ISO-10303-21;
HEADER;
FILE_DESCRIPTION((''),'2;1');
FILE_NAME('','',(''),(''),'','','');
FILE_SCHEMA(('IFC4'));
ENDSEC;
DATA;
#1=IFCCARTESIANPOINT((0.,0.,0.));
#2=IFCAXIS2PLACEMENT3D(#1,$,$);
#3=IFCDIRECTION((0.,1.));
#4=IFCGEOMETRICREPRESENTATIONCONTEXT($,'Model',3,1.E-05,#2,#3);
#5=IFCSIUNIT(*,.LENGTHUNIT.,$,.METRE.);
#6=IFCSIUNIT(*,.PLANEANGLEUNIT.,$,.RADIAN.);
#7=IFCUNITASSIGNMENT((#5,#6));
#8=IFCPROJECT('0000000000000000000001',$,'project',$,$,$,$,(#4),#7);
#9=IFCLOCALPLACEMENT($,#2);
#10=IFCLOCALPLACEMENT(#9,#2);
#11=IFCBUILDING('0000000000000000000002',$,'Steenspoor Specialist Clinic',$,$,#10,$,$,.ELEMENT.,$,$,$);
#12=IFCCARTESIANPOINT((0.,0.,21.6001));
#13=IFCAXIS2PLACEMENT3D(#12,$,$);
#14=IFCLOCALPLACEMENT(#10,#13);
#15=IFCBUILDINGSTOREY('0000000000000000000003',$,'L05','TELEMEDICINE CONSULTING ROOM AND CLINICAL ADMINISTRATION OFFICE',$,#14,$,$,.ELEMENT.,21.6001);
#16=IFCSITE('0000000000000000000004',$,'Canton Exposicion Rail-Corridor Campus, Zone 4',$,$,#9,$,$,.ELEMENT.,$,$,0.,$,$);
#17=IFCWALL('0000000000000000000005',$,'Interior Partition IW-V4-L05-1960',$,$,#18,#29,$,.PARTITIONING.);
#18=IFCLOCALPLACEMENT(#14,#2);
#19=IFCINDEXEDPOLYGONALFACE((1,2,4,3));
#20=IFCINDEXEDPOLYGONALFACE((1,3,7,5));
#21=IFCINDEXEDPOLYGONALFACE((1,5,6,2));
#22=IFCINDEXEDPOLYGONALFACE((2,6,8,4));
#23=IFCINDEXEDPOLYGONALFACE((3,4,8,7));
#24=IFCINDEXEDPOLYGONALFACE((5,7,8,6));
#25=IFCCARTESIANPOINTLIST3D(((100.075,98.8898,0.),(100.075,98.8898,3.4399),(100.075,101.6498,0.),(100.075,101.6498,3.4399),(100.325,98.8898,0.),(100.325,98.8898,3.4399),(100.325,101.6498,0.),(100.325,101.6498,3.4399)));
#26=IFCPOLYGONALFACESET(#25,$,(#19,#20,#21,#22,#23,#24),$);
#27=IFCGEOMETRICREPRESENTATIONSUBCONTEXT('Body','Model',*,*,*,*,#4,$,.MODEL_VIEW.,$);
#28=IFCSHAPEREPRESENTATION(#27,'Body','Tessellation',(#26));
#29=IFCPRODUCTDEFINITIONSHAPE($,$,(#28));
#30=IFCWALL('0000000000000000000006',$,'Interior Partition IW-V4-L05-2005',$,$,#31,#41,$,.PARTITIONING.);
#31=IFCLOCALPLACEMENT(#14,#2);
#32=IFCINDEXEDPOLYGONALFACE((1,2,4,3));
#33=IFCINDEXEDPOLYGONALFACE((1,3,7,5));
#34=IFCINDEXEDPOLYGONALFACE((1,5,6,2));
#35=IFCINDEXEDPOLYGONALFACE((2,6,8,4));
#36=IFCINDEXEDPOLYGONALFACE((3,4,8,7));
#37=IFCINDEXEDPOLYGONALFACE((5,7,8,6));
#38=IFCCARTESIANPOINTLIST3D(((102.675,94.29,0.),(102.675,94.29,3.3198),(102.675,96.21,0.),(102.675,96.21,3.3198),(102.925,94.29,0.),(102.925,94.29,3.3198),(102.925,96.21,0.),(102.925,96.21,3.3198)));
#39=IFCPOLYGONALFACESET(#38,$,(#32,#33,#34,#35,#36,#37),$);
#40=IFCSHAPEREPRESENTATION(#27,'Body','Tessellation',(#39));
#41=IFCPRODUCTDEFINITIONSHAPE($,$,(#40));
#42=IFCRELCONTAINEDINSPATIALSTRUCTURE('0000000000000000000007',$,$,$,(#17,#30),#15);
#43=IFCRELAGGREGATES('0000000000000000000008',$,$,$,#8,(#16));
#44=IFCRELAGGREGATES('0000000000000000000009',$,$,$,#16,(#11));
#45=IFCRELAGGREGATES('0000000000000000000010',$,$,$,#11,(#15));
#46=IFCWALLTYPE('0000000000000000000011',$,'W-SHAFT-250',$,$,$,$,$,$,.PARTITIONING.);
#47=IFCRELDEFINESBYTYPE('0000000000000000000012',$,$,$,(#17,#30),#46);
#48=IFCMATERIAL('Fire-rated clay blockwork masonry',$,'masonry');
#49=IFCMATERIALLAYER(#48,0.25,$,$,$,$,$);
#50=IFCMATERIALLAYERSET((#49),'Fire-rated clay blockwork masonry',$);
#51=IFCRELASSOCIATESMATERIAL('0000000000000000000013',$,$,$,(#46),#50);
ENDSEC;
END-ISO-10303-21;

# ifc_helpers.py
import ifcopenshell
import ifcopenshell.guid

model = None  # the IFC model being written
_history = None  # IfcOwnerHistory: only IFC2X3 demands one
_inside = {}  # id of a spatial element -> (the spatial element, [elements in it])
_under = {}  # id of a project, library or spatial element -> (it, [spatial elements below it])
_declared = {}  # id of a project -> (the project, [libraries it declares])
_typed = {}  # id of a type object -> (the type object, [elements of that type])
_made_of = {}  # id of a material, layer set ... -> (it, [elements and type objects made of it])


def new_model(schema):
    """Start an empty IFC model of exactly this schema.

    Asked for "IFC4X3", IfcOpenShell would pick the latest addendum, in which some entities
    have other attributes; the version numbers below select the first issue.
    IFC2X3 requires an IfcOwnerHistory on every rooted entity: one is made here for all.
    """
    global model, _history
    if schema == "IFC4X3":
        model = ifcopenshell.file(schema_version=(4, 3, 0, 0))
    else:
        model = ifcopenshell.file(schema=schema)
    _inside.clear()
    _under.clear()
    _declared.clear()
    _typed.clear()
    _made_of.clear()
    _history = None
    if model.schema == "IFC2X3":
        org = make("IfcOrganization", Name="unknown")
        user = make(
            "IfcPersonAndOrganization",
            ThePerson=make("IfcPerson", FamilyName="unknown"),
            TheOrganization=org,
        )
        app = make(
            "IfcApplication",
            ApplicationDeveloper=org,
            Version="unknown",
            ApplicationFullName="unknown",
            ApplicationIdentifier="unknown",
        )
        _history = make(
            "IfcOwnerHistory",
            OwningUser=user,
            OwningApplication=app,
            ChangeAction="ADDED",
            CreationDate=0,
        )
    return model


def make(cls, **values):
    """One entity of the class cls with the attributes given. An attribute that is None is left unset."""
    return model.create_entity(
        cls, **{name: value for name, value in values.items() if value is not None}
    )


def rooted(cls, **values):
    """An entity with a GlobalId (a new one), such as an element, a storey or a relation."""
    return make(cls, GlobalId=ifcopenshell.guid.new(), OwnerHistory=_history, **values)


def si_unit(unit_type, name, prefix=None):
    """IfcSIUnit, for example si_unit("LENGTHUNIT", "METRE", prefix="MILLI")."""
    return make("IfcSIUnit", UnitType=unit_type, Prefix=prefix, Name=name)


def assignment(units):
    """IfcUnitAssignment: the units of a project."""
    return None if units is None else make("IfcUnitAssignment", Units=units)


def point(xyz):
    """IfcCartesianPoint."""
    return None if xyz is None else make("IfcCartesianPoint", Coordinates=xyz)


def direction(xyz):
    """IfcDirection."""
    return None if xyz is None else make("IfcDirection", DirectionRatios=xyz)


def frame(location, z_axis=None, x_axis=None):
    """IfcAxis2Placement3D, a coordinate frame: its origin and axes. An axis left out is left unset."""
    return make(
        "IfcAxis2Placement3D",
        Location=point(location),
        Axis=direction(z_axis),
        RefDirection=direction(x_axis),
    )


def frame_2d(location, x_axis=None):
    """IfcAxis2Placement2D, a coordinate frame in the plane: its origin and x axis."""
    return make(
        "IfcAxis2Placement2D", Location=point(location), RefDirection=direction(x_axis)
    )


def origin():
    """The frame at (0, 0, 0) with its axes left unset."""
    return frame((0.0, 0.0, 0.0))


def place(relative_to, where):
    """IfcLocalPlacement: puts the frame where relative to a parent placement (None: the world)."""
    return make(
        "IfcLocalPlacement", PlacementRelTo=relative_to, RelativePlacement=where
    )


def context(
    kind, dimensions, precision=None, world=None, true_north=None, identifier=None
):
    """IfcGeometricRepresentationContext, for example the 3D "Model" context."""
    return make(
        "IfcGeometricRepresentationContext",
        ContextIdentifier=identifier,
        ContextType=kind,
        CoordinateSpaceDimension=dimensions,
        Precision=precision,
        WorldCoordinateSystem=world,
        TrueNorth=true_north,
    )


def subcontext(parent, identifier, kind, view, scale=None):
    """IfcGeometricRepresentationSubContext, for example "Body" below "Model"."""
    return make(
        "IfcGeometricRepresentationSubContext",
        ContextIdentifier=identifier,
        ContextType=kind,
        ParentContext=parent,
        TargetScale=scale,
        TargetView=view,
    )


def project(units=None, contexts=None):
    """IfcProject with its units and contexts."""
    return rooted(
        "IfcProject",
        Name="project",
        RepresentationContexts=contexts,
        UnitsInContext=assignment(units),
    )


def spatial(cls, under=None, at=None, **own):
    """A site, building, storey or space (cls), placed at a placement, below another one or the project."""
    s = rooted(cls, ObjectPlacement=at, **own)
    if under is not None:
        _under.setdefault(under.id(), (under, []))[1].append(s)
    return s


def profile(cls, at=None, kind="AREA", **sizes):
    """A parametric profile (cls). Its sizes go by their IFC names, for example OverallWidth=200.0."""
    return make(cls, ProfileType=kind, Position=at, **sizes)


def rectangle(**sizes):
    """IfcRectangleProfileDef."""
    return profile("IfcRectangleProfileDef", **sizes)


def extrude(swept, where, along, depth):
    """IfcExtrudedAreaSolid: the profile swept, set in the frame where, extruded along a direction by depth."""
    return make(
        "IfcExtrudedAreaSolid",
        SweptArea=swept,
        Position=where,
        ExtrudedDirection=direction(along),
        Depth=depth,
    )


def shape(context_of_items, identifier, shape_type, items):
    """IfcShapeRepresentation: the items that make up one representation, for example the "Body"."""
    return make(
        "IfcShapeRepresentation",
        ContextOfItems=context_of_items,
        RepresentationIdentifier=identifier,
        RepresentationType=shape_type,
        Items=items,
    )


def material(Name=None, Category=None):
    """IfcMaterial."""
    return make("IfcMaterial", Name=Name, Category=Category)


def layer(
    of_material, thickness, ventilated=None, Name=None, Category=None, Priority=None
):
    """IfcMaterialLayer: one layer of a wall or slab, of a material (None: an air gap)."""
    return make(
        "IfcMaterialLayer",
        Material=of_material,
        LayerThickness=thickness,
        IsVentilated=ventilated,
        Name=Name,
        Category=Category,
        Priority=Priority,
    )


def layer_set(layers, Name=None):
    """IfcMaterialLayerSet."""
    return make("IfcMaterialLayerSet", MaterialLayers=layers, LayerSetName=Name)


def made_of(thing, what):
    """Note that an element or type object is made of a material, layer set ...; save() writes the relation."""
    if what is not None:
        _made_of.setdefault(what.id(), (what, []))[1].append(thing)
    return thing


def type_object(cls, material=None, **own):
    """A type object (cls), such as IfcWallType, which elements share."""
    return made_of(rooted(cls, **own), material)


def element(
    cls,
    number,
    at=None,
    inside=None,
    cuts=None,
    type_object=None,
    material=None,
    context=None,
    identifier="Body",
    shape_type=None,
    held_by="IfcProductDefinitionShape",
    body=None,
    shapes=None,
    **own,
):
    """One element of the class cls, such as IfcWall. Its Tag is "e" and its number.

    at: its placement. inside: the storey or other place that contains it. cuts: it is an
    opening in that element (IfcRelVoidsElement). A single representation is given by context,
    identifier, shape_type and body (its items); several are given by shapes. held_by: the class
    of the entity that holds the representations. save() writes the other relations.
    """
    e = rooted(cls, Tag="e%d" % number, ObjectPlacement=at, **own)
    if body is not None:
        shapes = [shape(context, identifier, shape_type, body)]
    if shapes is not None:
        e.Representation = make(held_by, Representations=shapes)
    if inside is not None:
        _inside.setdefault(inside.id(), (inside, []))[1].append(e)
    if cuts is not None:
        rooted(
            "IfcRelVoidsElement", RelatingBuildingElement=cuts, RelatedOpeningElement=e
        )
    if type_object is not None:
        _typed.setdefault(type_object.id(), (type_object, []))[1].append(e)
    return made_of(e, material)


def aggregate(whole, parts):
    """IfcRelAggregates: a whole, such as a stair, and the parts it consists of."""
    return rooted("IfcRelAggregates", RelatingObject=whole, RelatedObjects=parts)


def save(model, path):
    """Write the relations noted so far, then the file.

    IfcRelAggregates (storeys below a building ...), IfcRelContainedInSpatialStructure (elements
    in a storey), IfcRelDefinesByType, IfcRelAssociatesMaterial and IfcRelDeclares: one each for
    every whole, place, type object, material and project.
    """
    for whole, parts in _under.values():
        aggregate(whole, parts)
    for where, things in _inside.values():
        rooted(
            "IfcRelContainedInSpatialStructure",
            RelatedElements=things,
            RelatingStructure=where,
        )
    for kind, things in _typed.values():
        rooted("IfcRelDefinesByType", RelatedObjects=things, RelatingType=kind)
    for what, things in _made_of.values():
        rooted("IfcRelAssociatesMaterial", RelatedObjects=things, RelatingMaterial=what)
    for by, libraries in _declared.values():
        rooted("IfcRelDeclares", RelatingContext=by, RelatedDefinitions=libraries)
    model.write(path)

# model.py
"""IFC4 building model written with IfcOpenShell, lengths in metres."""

from ifc_helpers import new_model, si_unit, direction, frame, frame_2d, origin, place, context, subcontext, project, spatial, rectangle, extrude, material, layer, layer_set, type_object, element, save


model = new_model("IFC4")

# Units and contexts
model_context = context("Model", 3, precision=1e-05, world=origin(), true_north=direction((0.0, 1.0)))
body_context = subcontext(model_context, "Body", "Model", "MODEL_VIEW")
ifc_project = project(units=[si_unit("LENGTHUNIT", "METRE"), si_unit("PLANEANGLEUNIT", "RADIAN")], contexts=[model_context])

# Site, building, storey
site_placement = place(None, origin())
site = spatial("IfcSite", under=ifc_project, at=site_placement, Name="Canton Exposicion Rail-Corridor Campus, Zone 4", CompositionType="ELEMENT", RefElevation=0.0)
building_placement = place(site_placement, origin())
building = spatial("IfcBuilding", under=site, at=building_placement, Name="Steenspoor Specialist Clinic", CompositionType="ELEMENT")
storey_placement = place(building_placement, frame((0.0, 0.0, 21.6001)))
storey = spatial("IfcBuildingStorey", under=building, at=storey_placement, Name="L05", Description="TELEMEDICINE CONSULTING ROOM AND CLINICAL ADMINISTRATION OFFICE", CompositionType="ELEMENT", Elevation=21.6001)

# Shared definitions
ifc_material_1 = material(Name="Fire-rated clay blockwork masonry", Category="masonry")
ifc_layer_1 = layer(ifc_material_1, 0.25)
ifc_layer_set_1 = layer_set([ifc_layer_1], Name="Fire-rated clay blockwork masonry")
wall_type_1 = type_object("IfcWallType", Name="W-SHAFT-250", PredefinedType="PARTITIONING", material=ifc_layer_set_1)

# Walls
wall_1_placement = place(storey_placement, frame((100.2, 98.8899, 0.0), z_axis=(0.0, 0.0, 1.0), x_axis=(0.0, 1.0, 0.0)))
element("IfcWall", 1, at=wall_1_placement, inside=storey, type_object=wall_type_1, Name="Interior Partition IW-V4-L05-1960", PredefinedType="PARTITIONING", context=body_context, shape_type="SweptSolid", body=[
    extrude(rectangle(XDim=2.76, YDim=0.25, at=frame_2d((1.3799, 0.0))), origin(), (0.0, 0.0, 1.0), 3.4399),
])
wall_2_placement = place(storey_placement, frame((102.8, 94.29, 0.0), z_axis=(0.0, 0.0, 1.0), x_axis=(0.0, 1.0, 0.0)))
element("IfcWall", 2, at=wall_2_placement, inside=storey, type_object=wall_type_1, Name="Interior Partition IW-V4-L05-2005", PredefinedType="PARTITIONING", context=body_context, shape_type="SweptSolid", body=[
    extrude(rectangle(XDim=1.9199, YDim=0.25, at=frame_2d((0.96, 0.0))), origin(), (0.0, 0.0, 1.0), 3.3198),
])

save(model, "model.ifc")
